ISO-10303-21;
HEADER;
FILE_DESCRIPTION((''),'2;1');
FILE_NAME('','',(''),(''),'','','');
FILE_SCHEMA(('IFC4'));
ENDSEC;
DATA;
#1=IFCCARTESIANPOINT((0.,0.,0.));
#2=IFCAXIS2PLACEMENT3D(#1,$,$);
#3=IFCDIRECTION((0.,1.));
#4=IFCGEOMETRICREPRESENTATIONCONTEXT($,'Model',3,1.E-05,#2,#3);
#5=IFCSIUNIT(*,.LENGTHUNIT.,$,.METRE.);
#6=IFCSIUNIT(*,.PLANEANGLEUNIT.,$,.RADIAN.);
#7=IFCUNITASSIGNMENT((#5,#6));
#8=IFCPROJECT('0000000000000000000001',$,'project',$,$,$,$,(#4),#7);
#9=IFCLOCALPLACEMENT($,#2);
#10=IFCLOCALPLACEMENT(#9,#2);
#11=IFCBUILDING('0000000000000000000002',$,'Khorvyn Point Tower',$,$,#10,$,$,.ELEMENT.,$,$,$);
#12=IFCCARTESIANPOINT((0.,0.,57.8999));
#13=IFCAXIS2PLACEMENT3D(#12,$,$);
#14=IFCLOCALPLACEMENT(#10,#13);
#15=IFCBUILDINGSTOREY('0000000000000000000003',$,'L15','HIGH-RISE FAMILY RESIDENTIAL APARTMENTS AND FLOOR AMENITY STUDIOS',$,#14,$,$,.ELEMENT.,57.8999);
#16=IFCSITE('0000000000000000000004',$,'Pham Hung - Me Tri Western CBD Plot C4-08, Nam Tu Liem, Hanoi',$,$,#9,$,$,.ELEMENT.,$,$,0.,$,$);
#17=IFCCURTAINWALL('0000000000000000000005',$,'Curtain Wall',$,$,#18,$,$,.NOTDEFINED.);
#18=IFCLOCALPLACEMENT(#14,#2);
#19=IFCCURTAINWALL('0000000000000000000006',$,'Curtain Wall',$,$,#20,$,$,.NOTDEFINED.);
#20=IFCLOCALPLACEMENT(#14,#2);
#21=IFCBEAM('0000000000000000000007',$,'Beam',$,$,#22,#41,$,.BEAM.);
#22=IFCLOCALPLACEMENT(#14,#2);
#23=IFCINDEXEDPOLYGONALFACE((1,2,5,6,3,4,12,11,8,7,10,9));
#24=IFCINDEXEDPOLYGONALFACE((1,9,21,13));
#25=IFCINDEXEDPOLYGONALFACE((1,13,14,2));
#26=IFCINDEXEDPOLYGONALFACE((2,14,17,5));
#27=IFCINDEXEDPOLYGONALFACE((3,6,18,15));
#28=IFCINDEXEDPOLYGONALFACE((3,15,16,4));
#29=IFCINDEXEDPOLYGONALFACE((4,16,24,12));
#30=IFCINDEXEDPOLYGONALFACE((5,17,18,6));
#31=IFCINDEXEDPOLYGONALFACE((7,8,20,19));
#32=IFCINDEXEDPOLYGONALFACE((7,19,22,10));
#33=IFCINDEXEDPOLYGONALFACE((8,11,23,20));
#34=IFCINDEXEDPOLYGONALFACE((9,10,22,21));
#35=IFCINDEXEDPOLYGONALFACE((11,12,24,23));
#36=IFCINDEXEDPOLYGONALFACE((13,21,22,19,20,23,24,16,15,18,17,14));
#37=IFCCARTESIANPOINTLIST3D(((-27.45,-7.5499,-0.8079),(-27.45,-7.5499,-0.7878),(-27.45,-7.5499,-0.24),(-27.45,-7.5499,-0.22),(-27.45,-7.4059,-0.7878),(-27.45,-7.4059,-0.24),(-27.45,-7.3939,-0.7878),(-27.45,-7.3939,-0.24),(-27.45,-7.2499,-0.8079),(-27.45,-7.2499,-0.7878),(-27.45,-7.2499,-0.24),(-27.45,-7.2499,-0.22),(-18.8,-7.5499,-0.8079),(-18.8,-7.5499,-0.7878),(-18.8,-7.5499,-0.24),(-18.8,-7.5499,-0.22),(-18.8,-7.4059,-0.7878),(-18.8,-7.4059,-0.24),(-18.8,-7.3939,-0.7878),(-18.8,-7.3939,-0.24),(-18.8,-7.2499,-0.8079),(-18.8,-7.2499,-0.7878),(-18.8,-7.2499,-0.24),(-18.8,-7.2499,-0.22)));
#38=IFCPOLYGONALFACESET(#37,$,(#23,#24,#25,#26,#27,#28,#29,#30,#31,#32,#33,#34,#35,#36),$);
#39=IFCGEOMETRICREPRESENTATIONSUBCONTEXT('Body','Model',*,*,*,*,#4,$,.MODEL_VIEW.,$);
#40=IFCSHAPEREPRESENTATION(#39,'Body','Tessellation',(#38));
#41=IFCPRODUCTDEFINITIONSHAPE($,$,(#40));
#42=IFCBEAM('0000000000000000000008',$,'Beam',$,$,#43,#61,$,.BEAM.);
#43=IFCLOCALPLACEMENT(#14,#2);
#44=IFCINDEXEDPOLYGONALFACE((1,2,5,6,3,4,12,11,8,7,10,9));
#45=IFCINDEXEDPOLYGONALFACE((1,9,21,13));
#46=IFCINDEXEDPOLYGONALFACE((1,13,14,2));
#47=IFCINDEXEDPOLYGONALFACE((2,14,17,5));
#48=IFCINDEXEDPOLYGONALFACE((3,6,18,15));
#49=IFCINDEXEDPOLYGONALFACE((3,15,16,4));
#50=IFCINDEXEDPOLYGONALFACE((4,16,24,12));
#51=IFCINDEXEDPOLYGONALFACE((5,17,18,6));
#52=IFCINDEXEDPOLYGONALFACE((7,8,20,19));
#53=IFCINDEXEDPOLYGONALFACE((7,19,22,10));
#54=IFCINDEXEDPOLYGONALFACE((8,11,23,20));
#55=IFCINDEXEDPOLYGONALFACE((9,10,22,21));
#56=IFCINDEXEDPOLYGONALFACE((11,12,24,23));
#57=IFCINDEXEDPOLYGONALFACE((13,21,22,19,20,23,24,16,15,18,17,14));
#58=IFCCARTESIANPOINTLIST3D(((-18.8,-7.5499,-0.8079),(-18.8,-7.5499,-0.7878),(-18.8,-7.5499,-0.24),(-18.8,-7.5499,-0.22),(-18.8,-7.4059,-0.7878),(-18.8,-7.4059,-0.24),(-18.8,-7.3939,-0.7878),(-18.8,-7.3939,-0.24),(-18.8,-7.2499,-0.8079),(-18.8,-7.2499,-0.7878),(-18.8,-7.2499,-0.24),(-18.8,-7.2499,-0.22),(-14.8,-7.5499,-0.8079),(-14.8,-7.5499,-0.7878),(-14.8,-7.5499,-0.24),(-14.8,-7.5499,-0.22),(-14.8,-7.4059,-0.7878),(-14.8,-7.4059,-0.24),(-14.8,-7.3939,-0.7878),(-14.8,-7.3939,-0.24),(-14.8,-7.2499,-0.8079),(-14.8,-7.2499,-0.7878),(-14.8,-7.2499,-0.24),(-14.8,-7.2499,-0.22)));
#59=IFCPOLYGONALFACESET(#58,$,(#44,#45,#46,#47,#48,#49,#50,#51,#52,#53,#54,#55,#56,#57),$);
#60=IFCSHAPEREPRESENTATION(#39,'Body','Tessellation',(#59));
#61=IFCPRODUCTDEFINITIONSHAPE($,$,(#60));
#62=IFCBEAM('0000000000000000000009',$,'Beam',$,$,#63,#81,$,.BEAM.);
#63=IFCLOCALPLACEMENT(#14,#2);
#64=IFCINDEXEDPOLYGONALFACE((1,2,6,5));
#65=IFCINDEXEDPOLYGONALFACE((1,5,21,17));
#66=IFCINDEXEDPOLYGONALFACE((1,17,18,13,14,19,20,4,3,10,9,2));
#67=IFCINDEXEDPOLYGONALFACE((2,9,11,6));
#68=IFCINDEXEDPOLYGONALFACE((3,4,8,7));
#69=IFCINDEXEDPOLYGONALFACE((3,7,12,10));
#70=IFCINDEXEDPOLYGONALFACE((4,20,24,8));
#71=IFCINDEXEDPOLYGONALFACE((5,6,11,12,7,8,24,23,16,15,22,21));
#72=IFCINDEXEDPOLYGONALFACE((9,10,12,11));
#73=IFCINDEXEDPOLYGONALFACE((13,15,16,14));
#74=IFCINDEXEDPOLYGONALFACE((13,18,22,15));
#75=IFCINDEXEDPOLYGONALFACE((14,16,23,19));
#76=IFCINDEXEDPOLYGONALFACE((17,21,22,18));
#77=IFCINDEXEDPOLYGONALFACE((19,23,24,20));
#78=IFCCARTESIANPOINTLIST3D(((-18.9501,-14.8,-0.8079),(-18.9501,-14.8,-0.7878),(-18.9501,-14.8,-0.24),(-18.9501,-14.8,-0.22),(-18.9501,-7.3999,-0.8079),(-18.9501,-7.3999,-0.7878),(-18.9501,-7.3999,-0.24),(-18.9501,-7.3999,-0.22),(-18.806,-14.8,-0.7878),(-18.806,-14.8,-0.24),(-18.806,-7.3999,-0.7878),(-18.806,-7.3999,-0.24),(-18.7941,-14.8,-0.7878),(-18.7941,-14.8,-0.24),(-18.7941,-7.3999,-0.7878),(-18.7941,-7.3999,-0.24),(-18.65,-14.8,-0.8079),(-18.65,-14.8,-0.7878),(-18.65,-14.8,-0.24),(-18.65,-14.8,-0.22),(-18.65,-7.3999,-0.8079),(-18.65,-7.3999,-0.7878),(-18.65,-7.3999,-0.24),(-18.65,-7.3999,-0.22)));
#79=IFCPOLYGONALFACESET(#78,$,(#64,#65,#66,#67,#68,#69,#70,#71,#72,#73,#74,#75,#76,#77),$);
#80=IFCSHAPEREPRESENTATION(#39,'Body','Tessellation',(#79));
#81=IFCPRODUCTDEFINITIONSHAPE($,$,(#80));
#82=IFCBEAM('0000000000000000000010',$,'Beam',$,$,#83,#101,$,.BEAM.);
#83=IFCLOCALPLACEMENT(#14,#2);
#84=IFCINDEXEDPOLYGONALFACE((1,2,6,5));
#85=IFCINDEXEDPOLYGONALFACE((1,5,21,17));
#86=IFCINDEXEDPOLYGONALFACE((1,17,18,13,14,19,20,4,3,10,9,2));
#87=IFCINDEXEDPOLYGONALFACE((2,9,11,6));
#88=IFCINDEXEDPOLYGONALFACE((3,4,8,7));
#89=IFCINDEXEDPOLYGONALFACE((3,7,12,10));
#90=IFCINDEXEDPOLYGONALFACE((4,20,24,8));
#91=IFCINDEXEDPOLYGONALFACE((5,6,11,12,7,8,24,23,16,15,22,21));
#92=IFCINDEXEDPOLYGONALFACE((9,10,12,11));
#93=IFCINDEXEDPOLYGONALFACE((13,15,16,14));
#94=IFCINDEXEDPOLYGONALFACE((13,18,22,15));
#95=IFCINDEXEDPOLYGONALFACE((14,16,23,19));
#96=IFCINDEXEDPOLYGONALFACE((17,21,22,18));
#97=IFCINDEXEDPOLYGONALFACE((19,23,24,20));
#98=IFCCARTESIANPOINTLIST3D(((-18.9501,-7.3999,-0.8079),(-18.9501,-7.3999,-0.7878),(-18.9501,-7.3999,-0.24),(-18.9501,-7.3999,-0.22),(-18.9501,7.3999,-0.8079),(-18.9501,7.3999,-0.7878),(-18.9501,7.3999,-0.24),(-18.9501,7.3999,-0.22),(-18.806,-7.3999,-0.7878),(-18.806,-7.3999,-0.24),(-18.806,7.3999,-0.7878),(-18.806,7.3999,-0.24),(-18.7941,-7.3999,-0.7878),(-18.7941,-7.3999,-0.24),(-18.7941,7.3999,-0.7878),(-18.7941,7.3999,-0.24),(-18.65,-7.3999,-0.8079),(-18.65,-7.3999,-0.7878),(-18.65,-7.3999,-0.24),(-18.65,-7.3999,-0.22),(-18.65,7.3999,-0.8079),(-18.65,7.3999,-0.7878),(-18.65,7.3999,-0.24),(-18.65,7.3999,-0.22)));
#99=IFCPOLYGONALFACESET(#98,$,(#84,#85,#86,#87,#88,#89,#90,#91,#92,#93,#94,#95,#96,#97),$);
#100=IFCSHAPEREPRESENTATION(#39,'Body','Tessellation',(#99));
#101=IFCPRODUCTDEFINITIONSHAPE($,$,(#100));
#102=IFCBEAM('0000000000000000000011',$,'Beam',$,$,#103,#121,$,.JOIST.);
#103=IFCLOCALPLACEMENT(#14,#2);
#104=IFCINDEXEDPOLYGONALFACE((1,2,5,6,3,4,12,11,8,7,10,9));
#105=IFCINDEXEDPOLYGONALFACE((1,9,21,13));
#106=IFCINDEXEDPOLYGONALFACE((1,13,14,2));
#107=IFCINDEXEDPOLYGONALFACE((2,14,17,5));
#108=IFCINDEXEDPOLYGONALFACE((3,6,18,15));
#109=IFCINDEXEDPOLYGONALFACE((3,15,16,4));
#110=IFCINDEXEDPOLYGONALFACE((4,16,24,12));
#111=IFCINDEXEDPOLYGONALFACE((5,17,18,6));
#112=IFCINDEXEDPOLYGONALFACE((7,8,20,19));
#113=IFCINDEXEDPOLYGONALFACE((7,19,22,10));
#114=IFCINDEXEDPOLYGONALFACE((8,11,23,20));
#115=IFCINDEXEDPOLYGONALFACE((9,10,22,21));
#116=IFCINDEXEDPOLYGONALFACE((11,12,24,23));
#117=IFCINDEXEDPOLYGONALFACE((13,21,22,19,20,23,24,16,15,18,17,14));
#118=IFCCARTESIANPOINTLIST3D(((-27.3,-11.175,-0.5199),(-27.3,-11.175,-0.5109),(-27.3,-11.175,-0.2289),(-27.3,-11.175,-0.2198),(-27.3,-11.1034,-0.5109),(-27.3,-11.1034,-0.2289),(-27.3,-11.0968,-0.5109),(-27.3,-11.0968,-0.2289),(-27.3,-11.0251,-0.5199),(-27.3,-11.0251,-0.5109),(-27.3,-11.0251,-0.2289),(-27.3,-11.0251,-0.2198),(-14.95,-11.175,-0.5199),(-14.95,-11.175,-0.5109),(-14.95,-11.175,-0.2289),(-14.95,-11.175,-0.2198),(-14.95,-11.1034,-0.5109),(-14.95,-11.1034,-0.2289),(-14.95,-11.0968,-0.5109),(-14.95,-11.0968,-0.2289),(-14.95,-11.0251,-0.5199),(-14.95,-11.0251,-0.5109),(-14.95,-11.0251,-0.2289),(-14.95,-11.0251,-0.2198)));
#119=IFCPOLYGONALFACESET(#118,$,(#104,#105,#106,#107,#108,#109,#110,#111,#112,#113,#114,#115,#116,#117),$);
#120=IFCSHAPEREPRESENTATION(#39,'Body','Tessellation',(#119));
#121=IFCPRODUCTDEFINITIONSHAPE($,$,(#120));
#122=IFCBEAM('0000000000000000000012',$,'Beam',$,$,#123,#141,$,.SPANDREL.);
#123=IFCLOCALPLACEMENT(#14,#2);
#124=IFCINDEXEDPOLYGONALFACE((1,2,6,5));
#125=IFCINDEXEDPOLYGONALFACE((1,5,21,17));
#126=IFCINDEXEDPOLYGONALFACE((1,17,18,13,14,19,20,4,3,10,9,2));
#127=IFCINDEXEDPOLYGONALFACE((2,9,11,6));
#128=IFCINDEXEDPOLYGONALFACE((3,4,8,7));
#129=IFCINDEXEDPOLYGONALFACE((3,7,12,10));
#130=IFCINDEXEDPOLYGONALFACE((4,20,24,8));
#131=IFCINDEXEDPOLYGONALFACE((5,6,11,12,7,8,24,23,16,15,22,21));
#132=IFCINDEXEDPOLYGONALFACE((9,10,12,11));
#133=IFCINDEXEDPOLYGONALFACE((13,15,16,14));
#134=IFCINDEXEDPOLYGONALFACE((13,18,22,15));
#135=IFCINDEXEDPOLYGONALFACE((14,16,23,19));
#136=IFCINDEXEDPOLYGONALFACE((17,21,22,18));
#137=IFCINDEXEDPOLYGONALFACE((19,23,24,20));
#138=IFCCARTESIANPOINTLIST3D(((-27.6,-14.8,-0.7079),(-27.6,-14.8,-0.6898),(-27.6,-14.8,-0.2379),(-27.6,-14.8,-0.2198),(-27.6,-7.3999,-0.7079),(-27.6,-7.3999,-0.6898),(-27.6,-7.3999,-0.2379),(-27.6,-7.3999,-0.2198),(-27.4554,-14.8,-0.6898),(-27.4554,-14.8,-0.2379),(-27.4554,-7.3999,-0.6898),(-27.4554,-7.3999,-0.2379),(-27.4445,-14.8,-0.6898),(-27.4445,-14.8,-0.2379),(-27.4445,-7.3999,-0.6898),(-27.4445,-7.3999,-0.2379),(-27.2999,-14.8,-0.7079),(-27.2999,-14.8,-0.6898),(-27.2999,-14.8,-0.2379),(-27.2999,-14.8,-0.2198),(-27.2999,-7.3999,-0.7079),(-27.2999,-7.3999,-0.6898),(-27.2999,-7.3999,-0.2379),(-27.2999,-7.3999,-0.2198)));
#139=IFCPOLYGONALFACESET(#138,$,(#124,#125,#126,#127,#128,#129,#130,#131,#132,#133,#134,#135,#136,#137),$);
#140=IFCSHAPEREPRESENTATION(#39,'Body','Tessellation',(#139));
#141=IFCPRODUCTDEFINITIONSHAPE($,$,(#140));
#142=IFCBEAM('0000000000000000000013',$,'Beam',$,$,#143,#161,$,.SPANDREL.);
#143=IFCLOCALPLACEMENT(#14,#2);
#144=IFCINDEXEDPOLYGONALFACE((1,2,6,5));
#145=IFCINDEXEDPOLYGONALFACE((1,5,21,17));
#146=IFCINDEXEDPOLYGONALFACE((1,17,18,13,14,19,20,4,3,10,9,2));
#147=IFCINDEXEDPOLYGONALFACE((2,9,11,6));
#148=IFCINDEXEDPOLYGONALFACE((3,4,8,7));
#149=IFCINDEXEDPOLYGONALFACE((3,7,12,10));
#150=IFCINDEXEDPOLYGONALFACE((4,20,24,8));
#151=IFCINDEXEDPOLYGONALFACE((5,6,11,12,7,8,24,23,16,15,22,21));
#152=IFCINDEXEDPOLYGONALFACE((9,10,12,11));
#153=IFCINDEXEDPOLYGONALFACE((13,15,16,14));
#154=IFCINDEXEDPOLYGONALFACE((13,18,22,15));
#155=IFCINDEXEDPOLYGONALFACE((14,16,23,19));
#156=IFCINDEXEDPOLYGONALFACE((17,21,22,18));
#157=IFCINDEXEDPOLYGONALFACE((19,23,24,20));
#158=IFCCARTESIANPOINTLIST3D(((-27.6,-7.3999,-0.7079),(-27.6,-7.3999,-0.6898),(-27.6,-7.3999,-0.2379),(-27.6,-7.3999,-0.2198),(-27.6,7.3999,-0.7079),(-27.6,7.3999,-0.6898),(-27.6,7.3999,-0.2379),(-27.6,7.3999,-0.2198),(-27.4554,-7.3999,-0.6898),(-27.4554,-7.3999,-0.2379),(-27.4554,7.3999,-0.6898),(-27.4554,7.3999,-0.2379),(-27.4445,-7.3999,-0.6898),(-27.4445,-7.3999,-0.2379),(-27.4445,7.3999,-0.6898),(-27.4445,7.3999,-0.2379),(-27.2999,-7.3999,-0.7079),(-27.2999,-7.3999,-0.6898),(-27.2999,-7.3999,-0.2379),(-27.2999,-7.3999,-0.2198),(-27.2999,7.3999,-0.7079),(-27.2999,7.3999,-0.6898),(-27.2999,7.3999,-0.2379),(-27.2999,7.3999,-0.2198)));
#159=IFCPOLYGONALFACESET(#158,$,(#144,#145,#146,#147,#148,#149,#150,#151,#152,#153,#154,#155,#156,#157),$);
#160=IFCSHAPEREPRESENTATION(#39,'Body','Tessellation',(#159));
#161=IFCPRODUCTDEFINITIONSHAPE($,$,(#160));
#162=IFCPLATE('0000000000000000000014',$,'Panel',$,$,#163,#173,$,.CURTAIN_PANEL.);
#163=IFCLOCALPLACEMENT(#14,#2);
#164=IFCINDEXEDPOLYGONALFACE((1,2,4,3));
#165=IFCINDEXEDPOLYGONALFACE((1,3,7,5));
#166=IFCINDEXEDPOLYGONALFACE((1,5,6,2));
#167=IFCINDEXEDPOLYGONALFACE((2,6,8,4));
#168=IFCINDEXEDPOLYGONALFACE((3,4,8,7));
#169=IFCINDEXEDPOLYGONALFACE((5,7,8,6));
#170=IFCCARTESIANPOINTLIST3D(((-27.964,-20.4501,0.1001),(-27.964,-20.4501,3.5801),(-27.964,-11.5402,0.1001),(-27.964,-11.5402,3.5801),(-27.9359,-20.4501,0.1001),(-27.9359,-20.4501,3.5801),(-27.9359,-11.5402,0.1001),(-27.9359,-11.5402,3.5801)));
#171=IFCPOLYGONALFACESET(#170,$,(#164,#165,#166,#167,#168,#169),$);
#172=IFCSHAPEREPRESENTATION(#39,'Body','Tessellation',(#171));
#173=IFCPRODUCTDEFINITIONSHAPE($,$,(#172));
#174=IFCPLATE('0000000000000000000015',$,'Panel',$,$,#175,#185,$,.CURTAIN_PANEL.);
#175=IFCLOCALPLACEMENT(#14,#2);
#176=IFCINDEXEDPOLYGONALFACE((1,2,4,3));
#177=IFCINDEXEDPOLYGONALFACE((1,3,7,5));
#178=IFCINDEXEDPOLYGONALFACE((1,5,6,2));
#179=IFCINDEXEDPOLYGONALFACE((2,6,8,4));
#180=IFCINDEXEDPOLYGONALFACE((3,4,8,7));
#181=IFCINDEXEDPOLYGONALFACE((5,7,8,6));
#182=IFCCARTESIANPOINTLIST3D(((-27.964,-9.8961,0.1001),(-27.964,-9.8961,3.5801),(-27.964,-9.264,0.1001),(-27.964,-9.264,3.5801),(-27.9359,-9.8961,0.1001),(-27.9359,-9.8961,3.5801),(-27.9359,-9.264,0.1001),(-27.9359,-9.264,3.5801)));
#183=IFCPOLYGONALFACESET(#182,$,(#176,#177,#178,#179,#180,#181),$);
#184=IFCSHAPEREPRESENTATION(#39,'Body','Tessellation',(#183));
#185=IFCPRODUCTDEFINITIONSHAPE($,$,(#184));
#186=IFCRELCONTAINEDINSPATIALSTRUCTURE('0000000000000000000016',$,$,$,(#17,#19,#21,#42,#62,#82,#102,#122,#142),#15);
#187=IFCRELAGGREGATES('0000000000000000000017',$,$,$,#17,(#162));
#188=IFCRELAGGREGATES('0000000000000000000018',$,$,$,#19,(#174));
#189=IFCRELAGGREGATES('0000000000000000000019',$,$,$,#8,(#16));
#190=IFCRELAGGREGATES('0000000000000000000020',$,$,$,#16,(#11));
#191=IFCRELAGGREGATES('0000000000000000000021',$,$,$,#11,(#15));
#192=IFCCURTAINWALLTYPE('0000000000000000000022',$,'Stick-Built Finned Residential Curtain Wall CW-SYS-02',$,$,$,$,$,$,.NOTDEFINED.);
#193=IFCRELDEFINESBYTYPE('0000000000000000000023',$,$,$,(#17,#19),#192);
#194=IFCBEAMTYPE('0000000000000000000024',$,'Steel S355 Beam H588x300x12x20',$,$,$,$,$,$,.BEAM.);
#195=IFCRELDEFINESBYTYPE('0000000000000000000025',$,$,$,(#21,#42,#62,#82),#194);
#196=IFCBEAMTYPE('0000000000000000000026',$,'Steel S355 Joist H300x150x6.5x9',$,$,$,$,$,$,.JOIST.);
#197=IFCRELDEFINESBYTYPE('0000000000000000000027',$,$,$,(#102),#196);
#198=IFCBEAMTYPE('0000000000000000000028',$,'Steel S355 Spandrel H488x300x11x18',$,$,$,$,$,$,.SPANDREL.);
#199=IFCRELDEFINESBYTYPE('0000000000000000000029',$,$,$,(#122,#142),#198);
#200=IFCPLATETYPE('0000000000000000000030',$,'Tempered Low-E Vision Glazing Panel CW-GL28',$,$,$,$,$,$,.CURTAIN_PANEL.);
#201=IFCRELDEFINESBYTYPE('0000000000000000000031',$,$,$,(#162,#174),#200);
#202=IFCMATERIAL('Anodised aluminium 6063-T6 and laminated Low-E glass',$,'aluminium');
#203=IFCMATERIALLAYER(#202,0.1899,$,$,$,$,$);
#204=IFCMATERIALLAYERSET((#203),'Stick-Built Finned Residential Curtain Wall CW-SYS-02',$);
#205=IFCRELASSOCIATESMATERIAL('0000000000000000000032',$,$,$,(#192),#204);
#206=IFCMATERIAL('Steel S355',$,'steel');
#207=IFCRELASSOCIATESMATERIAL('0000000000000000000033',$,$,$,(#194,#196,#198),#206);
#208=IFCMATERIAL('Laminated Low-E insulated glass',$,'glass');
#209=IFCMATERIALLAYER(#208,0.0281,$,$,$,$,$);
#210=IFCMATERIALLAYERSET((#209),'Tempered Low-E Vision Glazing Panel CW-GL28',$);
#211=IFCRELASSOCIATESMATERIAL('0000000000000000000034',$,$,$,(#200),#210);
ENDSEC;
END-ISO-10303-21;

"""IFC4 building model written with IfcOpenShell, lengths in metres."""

from ifc_helpers import new_model, si_unit, direction, frame, origin, origin_2d, place, context, subcontext, project, spatial, rectangle, i_section, extrude, material, layer, layer_set, material_profile, profile_set, type_object, element, aggregate, save


model = new_model("IFC4")

# Units and contexts
model_context = context("Model", 3, precision=1e-05, world=origin(), true_north=direction((0.0, 1.0)))
body_context = subcontext(model_context, "Body", "Model", "MODEL_VIEW")
ifc_project = project(units=[si_unit("LENGTHUNIT", "METRE"), si_unit("PLANEANGLEUNIT", "RADIAN")], contexts=[model_context])

# Site, building, storey
site_placement = place(None, origin())
site = spatial("IfcSite", under=ifc_project, at=site_placement, Name="Pham Hung - Me Tri Western CBD Plot C4-08, Nam Tu Liem, Hanoi", CompositionType="ELEMENT", RefElevation=0.0)
building_placement = place(site_placement, origin())
building = spatial("IfcBuilding", under=site, at=building_placement, Name="Khorvyn Point Tower", CompositionType="ELEMENT")
storey_placement = place(building_placement, frame((0.0, 0.0, 57.8999)))
storey = spatial("IfcBuildingStorey", under=building, at=storey_placement, Name="L15", Description="HIGH-RISE FAMILY RESIDENTIAL APARTMENTS AND FLOOR AMENITY STUDIOS", CompositionType="ELEMENT", Elevation=57.8999)

# Curtain wall
ifc_material_1 = material(Name="Anodised aluminium 6063-T6 and laminated Low-E glass", Category="aluminium")
ifc_layer_1 = layer(ifc_material_1, 0.1899)
ifc_layer_set_1 = layer_set([ifc_layer_1], Name="Stick-Built Finned Residential Curtain Wall CW-SYS-02")
curtain_wall_type = type_object("IfcCurtainWallType", Name="Stick-Built Finned Residential Curtain Wall CW-SYS-02", PredefinedType="NOTDEFINED", material=ifc_layer_set_1)
curtain_wall_1_placement = place(storey_placement, origin())
curtain_wall_1 = element("IfcCurtainWall", 1, at=curtain_wall_1_placement, inside=storey, type_object=curtain_wall_type, Name="Curtain Wall", PredefinedType="NOTDEFINED")

# Curtain wall
curtain_wall_2_placement = place(storey_placement, origin())
curtain_wall_2 = element("IfcCurtainWall", 2, at=curtain_wall_2_placement, inside=storey, type_object=curtain_wall_type, Name="Curtain Wall", PredefinedType="NOTDEFINED")

# Beams
ifc_material_2 = material(Name="Steel S355", Category="steel")
ifc_material_profile_1 = material_profile(ifc_material_2, i_section(OverallWidth=0.3, OverallDepth=0.5879, WebThickness=0.012, FlangeThickness=0.02, at=origin_2d()))
ifc_profile_set_1 = profile_set([ifc_material_profile_1], Name="Steel S355 H588x300x12x20")
beam_type_1 = type_object("IfcBeamType", Name="Steel S355 Beam H588x300x12x20", PredefinedType="BEAM", material=ifc_profile_set_1)
beam_1_placement = place(storey_placement, frame((-27.45, -7.3999, -0.5139), z_axis=(1.0, 0.0, 0.0), x_axis=(0.0, 1.0, 0.0)))
element("IfcBeam", 3, at=beam_1_placement, inside=storey, type_object=beam_type_1, Name="Beam", PredefinedType="BEAM", context=body_context, shape_type="SweptSolid", body=[
    extrude(i_section(OverallWidth=0.3, OverallDepth=0.5879, WebThickness=0.012, FlangeThickness=0.02, at=origin_2d()), origin(), (0.0, 0.0, 1.0), 8.6499),
])
beam_2_placement = place(storey_placement, frame((-18.8, -7.3999, -0.5139), z_axis=(1.0, 0.0, 0.0), x_axis=(0.0, 1.0, 0.0)))
element("IfcBeam", 4, at=beam_2_placement, inside=storey, type_object=beam_type_1, Name="Beam", PredefinedType="BEAM", context=body_context, shape_type="SweptSolid", body=[
    extrude(i_section(OverallWidth=0.3, OverallDepth=0.5879, WebThickness=0.012, FlangeThickness=0.02, at=origin_2d()), origin(), (0.0, 0.0, 1.0), 4.0),
])
beam_3_placement = place(storey_placement, frame((-18.8, -14.8, -0.5139), z_axis=(0.0, 1.0, 0.0), x_axis=(-1.0, 0.0, 0.0)))
element("IfcBeam", 5, at=beam_3_placement, inside=storey, type_object=beam_type_1, Name="Beam", PredefinedType="BEAM", context=body_context, shape_type="SweptSolid", body=[
    extrude(i_section(OverallWidth=0.3, OverallDepth=0.5879, WebThickness=0.012, FlangeThickness=0.02, at=origin_2d()), origin(), (0.0, 0.0, 1.0), 7.4001),
])
beam_4_placement = place(storey_placement, frame((-18.8, -7.3999, -0.5139), z_axis=(0.0, 1.0, 0.0), x_axis=(-1.0, 0.0, 0.0)))
element("IfcBeam", 6, at=beam_4_placement, inside=storey, type_object=beam_type_1, Name="Beam", PredefinedType="BEAM", context=body_context, shape_type="SweptSolid", body=[
    extrude(i_section(OverallWidth=0.3, OverallDepth=0.5879, WebThickness=0.012, FlangeThickness=0.02, at=origin_2d()), origin(), (0.0, 0.0, 1.0), 14.7998),
])
ifc_material_profile_2 = material_profile(ifc_material_2, i_section(OverallWidth=0.1499, OverallDepth=0.3, WebThickness=0.0066, FlangeThickness=0.009, at=origin_2d()))
ifc_profile_set_2 = profile_set([ifc_material_profile_2], Name="Steel S355 H300x150x6.5x9")
beam_type_2 = type_object("IfcBeamType", Name="Steel S355 Joist H300x150x6.5x9", PredefinedType="JOIST", material=ifc_profile_set_2)
beam_5_placement = place(storey_placement, frame((-27.3, -11.1001, -0.3699), z_axis=(1.0, 0.0, 0.0), x_axis=(0.0, 1.0, 0.0)))
element("IfcBeam", 7, at=beam_5_placement, inside=storey, type_object=beam_type_2, Name="Beam", PredefinedType="JOIST", context=body_context, shape_type="SweptSolid", body=[
    extrude(i_section(OverallWidth=0.1499, OverallDepth=0.3, WebThickness=0.0066, FlangeThickness=0.009, at=origin_2d()), origin(), (0.0, 0.0, 1.0), 12.3501),
])
ifc_material_profile_3 = material_profile(ifc_material_2, i_section(OverallWidth=0.3, OverallDepth=0.488, WebThickness=0.011, FlangeThickness=0.0181, at=origin_2d()))
ifc_profile_set_3 = profile_set([ifc_material_profile_3], Name="Steel S355 H488x300x11x18")
beam_type_3 = type_object("IfcBeamType", Name="Steel S355 Spandrel H488x300x11x18", PredefinedType="SPANDREL", material=ifc_profile_set_3)
beam_6_placement = place(storey_placement, frame((-27.45, -14.8, -0.4639), z_axis=(0.0, 1.0, 0.0), x_axis=(-1.0, 0.0, 0.0)))
element("IfcBeam", 8, at=beam_6_placement, inside=storey, type_object=beam_type_3, Name="Beam", PredefinedType="SPANDREL", context=body_context, shape_type="SweptSolid", body=[
    extrude(i_section(OverallWidth=0.3, OverallDepth=0.488, WebThickness=0.011, FlangeThickness=0.0181, at=origin_2d()), origin(), (0.0, 0.0, 1.0), 7.4001),
])
beam_7_placement = place(storey_placement, frame((-27.45, -7.3999, -0.4639), z_axis=(0.0, 1.0, 0.0), x_axis=(-1.0, 0.0, 0.0)))
element("IfcBeam", 9, at=beam_7_placement, inside=storey, type_object=beam_type_3, Name="Beam", PredefinedType="SPANDREL", context=body_context, shape_type="SweptSolid", body=[
    extrude(i_section(OverallWidth=0.3, OverallDepth=0.488, WebThickness=0.011, FlangeThickness=0.0181, at=origin_2d()), origin(), (0.0, 0.0, 1.0), 14.7998),
])

# Plates
ifc_material_3 = material(Name="Laminated Low-E insulated glass", Category="glass")
ifc_layer_2 = layer(ifc_material_3, 0.0281)
ifc_layer_set_2 = layer_set([ifc_layer_2], Name="Tempered Low-E Vision Glazing Panel CW-GL28")
plate_type = type_object("IfcPlateType", Name="Tempered Low-E Vision Glazing Panel CW-GL28", PredefinedType="CURTAIN_PANEL", material=ifc_layer_set_2)
plate_1_placement = place(storey_placement, frame((-27.95, -15.9951, 0.1001), z_axis=(0.0, 0.0, 1.0), x_axis=(0.0, 1.0, 0.0)))
plate_1 = element("IfcPlate", 10, at=plate_1_placement, type_object=plate_type, Name="Panel", PredefinedType="CURTAIN_PANEL", context=body_context, shape_type="SweptSolid", body=[
    extrude(rectangle(XDim=8.9099, YDim=0.0281, at=origin_2d()), origin(), (0.0, 0.0, 1.0), 3.48),
])
aggregate(curtain_wall_1, [plate_1])
plate_2_placement = place(storey_placement, frame((-27.95, -9.5801, 0.1001), z_axis=(0.0, 0.0, 1.0), x_axis=(0.0, 1.0, 0.0)))
plate_2 = element("IfcPlate", 11, at=plate_2_placement, type_object=plate_type, Name="Panel", PredefinedType="CURTAIN_PANEL", context=body_context, shape_type="SweptSolid", body=[
    extrude(rectangle(XDim=0.6321, YDim=0.0281, at=origin_2d()), origin(), (0.0, 0.0, 1.0), 3.48),
])
aggregate(curtain_wall_2, [plate_2])

save(model, "model.ifc")
